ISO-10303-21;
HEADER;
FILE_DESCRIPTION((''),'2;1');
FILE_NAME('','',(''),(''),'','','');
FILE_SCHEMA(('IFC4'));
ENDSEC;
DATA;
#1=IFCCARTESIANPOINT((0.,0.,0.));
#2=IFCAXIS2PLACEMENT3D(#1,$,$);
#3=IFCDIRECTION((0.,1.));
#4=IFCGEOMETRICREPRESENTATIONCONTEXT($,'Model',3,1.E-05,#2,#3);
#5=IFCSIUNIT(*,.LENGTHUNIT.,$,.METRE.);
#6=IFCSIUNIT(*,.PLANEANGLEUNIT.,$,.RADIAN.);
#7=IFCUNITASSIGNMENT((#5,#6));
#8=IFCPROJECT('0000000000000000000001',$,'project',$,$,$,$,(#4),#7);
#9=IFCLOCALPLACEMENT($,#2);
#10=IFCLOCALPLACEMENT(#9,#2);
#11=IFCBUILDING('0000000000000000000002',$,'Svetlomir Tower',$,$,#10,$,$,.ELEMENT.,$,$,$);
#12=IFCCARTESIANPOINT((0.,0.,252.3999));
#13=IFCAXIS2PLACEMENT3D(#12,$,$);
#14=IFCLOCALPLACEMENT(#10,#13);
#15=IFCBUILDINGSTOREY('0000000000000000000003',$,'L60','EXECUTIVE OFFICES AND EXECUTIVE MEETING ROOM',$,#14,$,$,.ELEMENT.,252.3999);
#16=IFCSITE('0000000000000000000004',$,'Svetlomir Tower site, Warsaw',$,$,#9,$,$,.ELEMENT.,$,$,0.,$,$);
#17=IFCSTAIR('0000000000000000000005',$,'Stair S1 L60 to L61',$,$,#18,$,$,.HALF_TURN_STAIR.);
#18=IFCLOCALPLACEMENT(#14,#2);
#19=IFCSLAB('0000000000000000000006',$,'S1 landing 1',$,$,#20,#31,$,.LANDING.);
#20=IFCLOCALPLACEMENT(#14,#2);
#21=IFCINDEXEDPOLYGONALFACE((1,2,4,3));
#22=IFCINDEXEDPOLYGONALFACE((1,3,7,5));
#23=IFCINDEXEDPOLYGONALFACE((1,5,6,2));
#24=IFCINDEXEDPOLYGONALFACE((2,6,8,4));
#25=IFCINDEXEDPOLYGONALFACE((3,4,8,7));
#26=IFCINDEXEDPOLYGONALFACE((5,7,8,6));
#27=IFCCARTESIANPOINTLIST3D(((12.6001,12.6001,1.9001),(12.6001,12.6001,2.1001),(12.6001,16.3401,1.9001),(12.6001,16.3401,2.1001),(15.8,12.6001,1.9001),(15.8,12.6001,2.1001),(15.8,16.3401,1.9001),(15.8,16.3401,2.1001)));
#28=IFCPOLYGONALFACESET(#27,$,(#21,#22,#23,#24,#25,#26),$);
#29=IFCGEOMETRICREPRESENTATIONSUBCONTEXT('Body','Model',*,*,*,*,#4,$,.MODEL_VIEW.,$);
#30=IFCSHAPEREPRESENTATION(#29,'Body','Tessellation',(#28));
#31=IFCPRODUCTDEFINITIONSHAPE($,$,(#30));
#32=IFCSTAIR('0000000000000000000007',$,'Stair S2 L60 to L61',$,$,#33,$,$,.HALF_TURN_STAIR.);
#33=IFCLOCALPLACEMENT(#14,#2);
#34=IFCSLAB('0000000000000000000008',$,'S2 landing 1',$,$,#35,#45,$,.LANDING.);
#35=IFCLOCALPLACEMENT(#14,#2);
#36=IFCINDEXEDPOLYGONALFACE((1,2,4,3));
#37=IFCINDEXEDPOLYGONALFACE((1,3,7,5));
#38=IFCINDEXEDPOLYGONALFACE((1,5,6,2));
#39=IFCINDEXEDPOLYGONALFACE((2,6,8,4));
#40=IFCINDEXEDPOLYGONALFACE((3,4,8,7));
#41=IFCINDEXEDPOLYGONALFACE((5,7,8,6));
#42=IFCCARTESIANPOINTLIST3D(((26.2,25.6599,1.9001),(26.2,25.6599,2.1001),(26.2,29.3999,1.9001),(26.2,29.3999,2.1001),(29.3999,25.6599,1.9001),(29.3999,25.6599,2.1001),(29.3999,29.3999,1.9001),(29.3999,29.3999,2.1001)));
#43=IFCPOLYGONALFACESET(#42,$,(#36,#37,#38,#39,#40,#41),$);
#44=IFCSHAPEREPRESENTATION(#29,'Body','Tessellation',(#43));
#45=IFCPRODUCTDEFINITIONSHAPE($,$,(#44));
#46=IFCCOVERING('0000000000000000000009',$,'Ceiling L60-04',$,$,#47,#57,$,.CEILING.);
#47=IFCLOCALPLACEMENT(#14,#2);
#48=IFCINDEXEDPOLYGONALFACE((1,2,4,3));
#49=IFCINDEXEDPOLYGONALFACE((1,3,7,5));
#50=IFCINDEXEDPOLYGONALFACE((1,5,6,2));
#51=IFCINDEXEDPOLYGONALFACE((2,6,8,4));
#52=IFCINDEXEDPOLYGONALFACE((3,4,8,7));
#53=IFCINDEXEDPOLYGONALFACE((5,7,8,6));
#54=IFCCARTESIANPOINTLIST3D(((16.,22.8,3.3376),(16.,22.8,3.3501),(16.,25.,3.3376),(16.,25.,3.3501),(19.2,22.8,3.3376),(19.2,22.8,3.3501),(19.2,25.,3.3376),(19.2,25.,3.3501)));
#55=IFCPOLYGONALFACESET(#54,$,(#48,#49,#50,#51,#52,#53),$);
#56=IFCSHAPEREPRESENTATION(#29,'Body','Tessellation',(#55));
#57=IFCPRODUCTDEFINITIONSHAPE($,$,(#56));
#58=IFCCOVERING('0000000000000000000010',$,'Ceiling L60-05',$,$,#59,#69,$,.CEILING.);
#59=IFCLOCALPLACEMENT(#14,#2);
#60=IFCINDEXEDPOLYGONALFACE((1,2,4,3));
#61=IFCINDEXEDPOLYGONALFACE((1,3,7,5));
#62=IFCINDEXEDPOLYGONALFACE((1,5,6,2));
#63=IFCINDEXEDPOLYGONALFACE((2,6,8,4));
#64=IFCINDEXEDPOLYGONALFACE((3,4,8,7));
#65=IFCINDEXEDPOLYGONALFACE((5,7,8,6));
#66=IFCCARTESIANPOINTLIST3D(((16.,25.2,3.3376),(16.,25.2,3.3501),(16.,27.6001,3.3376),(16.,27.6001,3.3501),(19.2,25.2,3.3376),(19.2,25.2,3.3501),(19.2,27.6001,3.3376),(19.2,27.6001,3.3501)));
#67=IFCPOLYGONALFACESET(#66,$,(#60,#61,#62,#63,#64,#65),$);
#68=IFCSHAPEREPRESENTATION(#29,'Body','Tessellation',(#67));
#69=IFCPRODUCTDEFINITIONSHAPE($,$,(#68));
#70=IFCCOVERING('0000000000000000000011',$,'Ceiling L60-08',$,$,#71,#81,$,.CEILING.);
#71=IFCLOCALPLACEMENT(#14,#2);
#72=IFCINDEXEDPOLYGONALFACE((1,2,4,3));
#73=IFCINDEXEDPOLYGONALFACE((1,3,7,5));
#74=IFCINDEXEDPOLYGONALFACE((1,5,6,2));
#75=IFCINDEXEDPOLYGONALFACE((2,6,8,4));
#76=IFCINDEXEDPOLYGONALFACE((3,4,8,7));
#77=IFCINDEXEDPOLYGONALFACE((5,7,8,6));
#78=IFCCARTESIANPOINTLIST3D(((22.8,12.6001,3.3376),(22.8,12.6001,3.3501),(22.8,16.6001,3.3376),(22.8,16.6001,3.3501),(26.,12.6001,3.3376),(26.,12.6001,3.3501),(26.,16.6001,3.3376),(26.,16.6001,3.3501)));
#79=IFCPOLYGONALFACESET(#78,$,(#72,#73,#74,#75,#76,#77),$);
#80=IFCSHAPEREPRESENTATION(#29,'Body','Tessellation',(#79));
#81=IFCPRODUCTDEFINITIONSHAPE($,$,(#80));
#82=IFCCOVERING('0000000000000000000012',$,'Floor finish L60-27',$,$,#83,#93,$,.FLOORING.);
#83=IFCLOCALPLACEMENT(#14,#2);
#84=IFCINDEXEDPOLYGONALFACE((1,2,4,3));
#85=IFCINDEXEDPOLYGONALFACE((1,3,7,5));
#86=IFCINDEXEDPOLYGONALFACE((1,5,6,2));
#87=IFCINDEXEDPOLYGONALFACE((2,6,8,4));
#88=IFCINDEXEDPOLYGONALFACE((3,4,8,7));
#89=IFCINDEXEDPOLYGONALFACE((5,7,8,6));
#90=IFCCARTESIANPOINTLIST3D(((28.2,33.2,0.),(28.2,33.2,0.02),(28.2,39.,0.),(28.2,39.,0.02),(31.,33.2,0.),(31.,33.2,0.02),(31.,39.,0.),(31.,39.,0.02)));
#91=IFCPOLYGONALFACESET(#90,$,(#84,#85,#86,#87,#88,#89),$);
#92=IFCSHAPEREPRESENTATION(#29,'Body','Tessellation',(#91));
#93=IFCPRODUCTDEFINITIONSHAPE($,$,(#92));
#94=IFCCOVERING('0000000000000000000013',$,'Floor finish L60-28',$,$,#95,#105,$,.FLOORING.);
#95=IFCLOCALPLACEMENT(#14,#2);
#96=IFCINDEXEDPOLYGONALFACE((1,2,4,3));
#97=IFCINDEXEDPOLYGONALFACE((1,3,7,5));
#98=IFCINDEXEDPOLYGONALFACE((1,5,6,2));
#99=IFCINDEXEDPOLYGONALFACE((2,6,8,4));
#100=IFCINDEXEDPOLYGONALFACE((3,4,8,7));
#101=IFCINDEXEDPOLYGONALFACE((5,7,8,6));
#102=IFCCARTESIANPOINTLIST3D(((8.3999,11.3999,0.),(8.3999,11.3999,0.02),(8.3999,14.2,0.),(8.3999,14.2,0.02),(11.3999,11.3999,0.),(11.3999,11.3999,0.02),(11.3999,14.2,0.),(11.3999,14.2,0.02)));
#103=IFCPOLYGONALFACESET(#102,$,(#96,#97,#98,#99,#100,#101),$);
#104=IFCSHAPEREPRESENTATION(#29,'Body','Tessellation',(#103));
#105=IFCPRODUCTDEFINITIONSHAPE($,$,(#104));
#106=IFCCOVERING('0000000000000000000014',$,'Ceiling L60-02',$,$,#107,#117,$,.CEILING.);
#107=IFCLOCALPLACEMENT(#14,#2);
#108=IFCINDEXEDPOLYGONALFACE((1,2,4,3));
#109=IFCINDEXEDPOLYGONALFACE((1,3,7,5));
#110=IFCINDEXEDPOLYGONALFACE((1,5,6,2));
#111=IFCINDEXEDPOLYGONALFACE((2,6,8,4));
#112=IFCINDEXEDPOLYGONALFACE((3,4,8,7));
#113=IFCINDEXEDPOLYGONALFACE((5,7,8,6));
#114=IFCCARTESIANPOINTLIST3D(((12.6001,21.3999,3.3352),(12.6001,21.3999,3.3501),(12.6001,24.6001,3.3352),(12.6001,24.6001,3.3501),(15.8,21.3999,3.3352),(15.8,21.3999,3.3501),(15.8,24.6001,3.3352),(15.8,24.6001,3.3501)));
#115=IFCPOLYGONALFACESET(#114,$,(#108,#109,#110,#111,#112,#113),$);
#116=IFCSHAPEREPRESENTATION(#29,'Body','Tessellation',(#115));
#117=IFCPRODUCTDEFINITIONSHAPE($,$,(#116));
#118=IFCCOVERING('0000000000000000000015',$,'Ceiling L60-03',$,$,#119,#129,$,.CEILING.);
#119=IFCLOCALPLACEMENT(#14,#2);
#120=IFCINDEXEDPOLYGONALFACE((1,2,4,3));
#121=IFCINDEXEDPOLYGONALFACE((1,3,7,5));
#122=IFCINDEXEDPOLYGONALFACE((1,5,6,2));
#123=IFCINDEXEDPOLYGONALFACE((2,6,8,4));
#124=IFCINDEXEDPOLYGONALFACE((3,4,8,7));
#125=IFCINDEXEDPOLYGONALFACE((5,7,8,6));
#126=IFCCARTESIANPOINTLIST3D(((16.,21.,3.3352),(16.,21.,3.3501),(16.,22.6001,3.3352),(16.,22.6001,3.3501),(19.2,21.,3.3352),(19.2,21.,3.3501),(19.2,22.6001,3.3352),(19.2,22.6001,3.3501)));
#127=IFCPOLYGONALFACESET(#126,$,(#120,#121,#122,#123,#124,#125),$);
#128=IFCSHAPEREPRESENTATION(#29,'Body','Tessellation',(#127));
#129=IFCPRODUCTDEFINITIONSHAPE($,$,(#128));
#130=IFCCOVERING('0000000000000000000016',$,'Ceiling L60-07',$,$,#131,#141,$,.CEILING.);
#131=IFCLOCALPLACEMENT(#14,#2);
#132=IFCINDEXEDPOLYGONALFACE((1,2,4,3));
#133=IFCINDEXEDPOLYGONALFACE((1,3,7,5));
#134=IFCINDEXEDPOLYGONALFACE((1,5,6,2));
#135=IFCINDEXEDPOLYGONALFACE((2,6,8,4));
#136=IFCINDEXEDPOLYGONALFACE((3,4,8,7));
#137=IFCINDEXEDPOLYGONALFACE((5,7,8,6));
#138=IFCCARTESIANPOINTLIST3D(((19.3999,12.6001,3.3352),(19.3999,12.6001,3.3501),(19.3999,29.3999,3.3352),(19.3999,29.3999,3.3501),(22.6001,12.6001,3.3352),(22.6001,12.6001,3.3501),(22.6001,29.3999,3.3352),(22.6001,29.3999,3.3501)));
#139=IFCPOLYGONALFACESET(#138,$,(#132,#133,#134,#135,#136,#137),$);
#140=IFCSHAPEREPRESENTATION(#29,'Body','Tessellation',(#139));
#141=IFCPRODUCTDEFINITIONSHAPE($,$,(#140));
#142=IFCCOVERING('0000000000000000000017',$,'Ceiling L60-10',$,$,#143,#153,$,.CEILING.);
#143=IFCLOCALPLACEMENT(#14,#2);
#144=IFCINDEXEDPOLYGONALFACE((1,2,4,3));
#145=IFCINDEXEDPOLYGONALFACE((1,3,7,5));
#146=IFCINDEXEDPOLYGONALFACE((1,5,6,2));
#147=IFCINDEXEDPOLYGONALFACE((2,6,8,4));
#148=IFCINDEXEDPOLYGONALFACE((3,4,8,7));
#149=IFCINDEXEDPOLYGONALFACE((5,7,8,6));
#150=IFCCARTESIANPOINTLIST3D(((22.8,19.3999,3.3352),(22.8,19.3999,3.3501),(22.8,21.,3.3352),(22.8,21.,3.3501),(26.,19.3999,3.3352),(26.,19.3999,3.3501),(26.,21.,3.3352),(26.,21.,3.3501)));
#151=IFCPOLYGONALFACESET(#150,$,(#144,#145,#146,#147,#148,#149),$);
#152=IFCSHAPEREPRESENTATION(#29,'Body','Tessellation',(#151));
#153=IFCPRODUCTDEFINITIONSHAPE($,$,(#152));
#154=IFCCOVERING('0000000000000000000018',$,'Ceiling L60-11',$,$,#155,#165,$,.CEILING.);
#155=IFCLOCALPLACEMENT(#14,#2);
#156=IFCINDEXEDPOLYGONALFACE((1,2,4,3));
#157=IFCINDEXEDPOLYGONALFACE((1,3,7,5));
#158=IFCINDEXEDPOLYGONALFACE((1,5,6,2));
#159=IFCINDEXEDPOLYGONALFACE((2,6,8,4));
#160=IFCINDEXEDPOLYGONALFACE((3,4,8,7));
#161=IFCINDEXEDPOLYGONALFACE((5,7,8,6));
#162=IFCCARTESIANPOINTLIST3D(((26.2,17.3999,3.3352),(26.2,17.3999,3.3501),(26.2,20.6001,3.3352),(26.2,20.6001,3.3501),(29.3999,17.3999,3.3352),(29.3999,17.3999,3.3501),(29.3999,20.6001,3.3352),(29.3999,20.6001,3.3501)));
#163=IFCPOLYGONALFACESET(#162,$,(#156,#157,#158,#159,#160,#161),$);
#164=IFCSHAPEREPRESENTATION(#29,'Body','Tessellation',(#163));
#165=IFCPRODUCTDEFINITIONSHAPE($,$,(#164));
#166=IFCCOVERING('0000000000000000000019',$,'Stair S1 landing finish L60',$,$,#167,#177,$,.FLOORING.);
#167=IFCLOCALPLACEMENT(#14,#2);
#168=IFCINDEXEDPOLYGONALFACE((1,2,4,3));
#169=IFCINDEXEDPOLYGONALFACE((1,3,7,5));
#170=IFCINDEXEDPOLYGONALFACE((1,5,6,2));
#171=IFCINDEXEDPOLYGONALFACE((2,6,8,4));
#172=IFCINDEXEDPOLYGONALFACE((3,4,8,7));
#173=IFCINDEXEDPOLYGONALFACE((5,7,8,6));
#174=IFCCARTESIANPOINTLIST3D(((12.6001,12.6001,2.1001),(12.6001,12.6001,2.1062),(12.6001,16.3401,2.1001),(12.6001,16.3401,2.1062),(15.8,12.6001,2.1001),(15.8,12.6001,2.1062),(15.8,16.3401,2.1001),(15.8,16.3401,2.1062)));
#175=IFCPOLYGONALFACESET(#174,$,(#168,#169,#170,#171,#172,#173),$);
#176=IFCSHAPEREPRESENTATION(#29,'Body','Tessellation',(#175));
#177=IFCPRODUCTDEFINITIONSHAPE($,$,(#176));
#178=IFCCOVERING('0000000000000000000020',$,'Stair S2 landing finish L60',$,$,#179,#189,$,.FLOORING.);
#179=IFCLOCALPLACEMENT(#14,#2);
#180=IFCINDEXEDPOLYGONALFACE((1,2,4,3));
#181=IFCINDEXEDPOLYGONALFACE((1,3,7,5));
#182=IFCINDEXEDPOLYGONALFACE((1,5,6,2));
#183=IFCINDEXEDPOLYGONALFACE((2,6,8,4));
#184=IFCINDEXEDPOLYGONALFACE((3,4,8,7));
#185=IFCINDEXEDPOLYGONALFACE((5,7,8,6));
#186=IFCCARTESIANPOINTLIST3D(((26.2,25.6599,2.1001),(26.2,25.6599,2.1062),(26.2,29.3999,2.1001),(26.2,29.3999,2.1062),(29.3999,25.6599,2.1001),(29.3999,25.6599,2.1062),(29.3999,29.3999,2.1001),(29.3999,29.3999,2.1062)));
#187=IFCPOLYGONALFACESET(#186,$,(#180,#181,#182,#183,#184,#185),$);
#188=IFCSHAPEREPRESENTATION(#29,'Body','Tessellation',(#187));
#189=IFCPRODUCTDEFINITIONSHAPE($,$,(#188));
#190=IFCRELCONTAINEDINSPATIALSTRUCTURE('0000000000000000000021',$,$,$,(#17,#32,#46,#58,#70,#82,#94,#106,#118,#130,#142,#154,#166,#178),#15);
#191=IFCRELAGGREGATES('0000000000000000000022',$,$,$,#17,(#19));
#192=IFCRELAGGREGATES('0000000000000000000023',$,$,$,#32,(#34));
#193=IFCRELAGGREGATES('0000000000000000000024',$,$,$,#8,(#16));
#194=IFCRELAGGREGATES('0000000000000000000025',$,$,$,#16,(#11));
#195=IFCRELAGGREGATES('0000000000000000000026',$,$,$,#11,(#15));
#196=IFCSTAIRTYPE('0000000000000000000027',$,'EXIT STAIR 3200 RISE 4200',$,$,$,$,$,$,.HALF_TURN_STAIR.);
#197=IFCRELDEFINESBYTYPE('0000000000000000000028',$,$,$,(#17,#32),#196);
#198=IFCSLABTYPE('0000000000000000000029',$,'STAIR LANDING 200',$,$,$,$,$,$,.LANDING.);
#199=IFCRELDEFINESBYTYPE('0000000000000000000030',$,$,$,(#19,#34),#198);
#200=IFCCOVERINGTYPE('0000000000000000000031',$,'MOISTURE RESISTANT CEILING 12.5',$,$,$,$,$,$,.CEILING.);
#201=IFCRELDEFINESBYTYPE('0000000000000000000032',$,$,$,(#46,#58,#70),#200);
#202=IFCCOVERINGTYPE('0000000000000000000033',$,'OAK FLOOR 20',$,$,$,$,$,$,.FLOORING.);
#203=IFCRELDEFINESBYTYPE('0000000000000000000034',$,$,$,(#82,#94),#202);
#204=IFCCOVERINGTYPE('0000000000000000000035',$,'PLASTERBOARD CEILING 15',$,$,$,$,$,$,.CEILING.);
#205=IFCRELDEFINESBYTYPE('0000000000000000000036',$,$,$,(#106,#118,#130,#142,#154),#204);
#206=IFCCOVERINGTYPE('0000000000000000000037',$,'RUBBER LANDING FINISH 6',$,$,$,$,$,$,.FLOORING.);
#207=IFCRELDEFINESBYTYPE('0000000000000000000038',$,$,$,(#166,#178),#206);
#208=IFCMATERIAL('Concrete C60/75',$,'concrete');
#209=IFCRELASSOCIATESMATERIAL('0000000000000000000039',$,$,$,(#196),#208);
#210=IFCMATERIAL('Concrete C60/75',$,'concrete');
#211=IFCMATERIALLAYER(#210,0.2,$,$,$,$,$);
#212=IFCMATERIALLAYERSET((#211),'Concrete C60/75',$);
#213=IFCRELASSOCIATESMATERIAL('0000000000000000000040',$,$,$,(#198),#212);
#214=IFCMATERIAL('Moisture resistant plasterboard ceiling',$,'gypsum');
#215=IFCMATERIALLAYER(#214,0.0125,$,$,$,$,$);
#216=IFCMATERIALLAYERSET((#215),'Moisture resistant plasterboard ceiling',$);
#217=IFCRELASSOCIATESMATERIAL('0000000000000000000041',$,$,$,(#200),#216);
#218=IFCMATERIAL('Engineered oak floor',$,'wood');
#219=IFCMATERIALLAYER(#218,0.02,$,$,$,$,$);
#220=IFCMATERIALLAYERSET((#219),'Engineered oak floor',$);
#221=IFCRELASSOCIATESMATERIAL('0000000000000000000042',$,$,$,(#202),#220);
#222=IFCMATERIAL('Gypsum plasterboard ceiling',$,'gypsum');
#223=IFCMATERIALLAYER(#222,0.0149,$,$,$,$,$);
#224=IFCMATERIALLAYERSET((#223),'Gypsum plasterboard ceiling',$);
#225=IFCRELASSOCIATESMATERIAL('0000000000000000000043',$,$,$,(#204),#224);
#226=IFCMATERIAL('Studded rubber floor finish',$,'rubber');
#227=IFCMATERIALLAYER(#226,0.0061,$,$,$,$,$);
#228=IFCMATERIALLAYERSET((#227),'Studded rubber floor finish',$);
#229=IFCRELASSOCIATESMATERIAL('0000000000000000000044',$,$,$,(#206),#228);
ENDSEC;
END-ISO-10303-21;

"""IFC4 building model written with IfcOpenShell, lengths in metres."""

from ifc_helpers import new_model, si_unit, direction, frame, origin, place, context, subcontext, project, spatial, polyline, outline, extrude, material, layer, layer_set, type_object, element, aggregate, save


model = new_model("IFC4")

# Units and contexts
model_context = context("Model", 3, precision=1e-05, world=origin(), true_north=direction((0.0, 1.0)))
body_context = subcontext(model_context, "Body", "Model", "MODEL_VIEW")
ifc_project = project(units=[si_unit("LENGTHUNIT", "METRE"), si_unit("PLANEANGLEUNIT", "RADIAN")], contexts=[model_context])

# Site, building, storey
site_placement = place(None, origin())
site = spatial("IfcSite", under=ifc_project, at=site_placement, Name="Svetlomir Tower site, Warsaw", CompositionType="ELEMENT", RefElevation=0.0)
building_placement = place(site_placement, origin())
building = spatial("IfcBuilding", under=site, at=building_placement, Name="Svetlomir Tower", CompositionType="ELEMENT")
storey_placement = place(building_placement, frame((0.0, 0.0, 252.3999)))
storey = spatial("IfcBuildingStorey", under=building, at=storey_placement, Name="L60", Description="EXECUTIVE OFFICES AND EXECUTIVE MEETING ROOM", CompositionType="ELEMENT", Elevation=252.3999)

# Stairs, slabs
ifc_material_1 = material(Name="Concrete C60/75", Category="concrete")
stair_type = type_object("IfcStairType", Name="EXIT STAIR 3200 RISE 4200", PredefinedType="HALF_TURN_STAIR", material=ifc_material_1)
stair_1_placement = place(storey_placement, origin())
stair_1 = element("IfcStair", 1, at=stair_1_placement, inside=storey, type_object=stair_type, Name="Stair S1 L60 to L61", PredefinedType="HALF_TURN_STAIR")
ifc_material_2 = material(Name="Concrete C60/75", Category="concrete")
ifc_layer_1 = layer(ifc_material_2, 0.2)
ifc_layer_set_1 = layer_set([ifc_layer_1], Name="Concrete C60/75")
slab_type = type_object("IfcSlabType", Name="STAIR LANDING 200", PredefinedType="LANDING", material=ifc_layer_set_1)
slab_1_placement = place(storey_placement, frame((0.0, 0.0, 1.9001)))
slab_1 = element("IfcSlab", 2, at=slab_1_placement, type_object=slab_type, Name="S1 landing 1", PredefinedType="LANDING", context=body_context, shape_type="SweptSolid", body=[
    extrude(outline(polyline([(12.6001, 12.6001), (15.8, 12.6001), (15.8, 16.3401), (12.6001, 16.3401), (12.6001, 12.6001)])), origin(), (0.0, 0.0, 1.0), 0.2),
])
aggregate(stair_1, [slab_1])
stair_2_placement = place(storey_placement, origin())
stair_2 = element("IfcStair", 3, at=stair_2_placement, inside=storey, type_object=stair_type, Name="Stair S2 L60 to L61", PredefinedType="HALF_TURN_STAIR")
slab_2_placement = place(storey_placement, frame((0.0, 0.0, 1.9001)))
slab_2 = element("IfcSlab", 4, at=slab_2_placement, type_object=slab_type, Name="S2 landing 1", PredefinedType="LANDING", context=body_context, shape_type="SweptSolid", body=[
    extrude(outline(polyline([(26.2, 25.6599), (29.3999, 25.6599), (29.3999, 29.3999), (26.2, 29.3999), (26.2, 25.6599)])), origin(), (0.0, 0.0, 1.0), 0.2),
])
aggregate(stair_2, [slab_2])

# Coverings
ifc_material_3 = material(Name="Moisture resistant plasterboard ceiling", Category="gypsum")
ifc_layer_2 = layer(ifc_material_3, 0.0125)
ifc_layer_set_2 = layer_set([ifc_layer_2], Name="Moisture resistant plasterboard ceiling")
covering_type_1 = type_object("IfcCoveringType", Name="MOISTURE RESISTANT CEILING 12.5", PredefinedType="CEILING", material=ifc_layer_set_2)
covering_1_placement = place(storey_placement, frame((0.0, 0.0, 3.3376)))
element("IfcCovering", 5, at=covering_1_placement, inside=storey, type_object=covering_type_1, Name="Ceiling L60-04", PredefinedType="CEILING", context=body_context, shape_type="SweptSolid", body=[
    extrude(outline(polyline([(16.0, 22.8), (19.2, 22.8), (19.2, 25.0), (16.0, 25.0), (16.0, 22.8)])), origin(), (0.0, 0.0, 1.0), 0.0125),
])
covering_2_placement = place(storey_placement, frame((0.0, 0.0, 3.3376)))
element("IfcCovering", 6, at=covering_2_placement, inside=storey, type_object=covering_type_1, Name="Ceiling L60-05", PredefinedType="CEILING", context=body_context, shape_type="SweptSolid", body=[
    extrude(outline(polyline([(16.0, 25.2), (19.2, 25.2), (19.2, 27.6001), (16.0, 27.6001), (16.0, 25.2)])), origin(), (0.0, 0.0, 1.0), 0.0125),
])
covering_3_placement = place(storey_placement, frame((0.0, 0.0, 3.3376)))
element("IfcCovering", 7, at=covering_3_placement, inside=storey, type_object=covering_type_1, Name="Ceiling L60-08", PredefinedType="CEILING", context=body_context, shape_type="SweptSolid", body=[
    extrude(outline(polyline([(22.8, 12.6001), (26.0, 12.6001), (26.0, 16.6001), (22.8, 16.6001), (22.8, 12.6001)])), origin(), (0.0, 0.0, 1.0), 0.0125),
])
ifc_material_4 = material(Name="Engineered oak floor", Category="wood")
ifc_layer_3 = layer(ifc_material_4, 0.02)
ifc_layer_set_3 = layer_set([ifc_layer_3], Name="Engineered oak floor")
covering_type_2 = type_object("IfcCoveringType", Name="OAK FLOOR 20", PredefinedType="FLOORING", material=ifc_layer_set_3)
covering_4_placement = place(storey_placement, origin())
element("IfcCovering", 8, at=covering_4_placement, inside=storey, type_object=covering_type_2, Name="Floor finish L60-27", PredefinedType="FLOORING", context=body_context, shape_type="SweptSolid", body=[
    extrude(outline(polyline([(28.2, 33.2), (31.0, 33.2), (31.0, 39.0), (28.2, 39.0), (28.2, 33.2)])), origin(), (0.0, 0.0, 1.0), 0.02),
])
covering_5_placement = place(storey_placement, origin())
element("IfcCovering", 9, at=covering_5_placement, inside=storey, type_object=covering_type_2, Name="Floor finish L60-28", PredefinedType="FLOORING", context=body_context, shape_type="SweptSolid", body=[
    extrude(outline(polyline([(8.3999, 11.3999), (11.3999, 11.3999), (11.3999, 14.2), (8.3999, 14.2), (8.3999, 11.3999)])), origin(), (0.0, 0.0, 1.0), 0.02),
])
ifc_material_5 = material(Name="Gypsum plasterboard ceiling", Category="gypsum")
ifc_layer_4 = layer(ifc_material_5, 0.0149)
ifc_layer_set_4 = layer_set([ifc_layer_4], Name="Gypsum plasterboard ceiling")
covering_type_3 = type_object("IfcCoveringType", Name="PLASTERBOARD CEILING 15", PredefinedType="CEILING", material=ifc_layer_set_4)
covering_6_placement = place(storey_placement, frame((0.0, 0.0, 3.3352)))
element("IfcCovering", 10, at=covering_6_placement, inside=storey, type_object=covering_type_3, Name="Ceiling L60-02", PredefinedType="CEILING", context=body_context, shape_type="SweptSolid", body=[
    extrude(outline(polyline([(12.6001, 21.3999), (15.8, 21.3999), (15.8, 24.6001), (12.6001, 24.6001), (12.6001, 21.3999)])), origin(), (0.0, 0.0, 1.0), 0.0149),
])
covering_7_placement = place(storey_placement, frame((0.0, 0.0, 3.3352)))
element("IfcCovering", 11, at=covering_7_placement, inside=storey, type_object=covering_type_3, Name="Ceiling L60-03", PredefinedType="CEILING", context=body_context, shape_type="SweptSolid", body=[
    extrude(outline(polyline([(16.0, 21.0), (19.2, 21.0), (19.2, 22.6001), (16.0, 22.6001), (16.0, 21.0)])), origin(), (0.0, 0.0, 1.0), 0.0149),
])
covering_8_placement = place(storey_placement, frame((0.0, 0.0, 3.3352)))
element("IfcCovering", 12, at=covering_8_placement, inside=storey, type_object=covering_type_3, Name="Ceiling L60-07", PredefinedType="CEILING", context=body_context, shape_type="SweptSolid", body=[
    extrude(outline(polyline([(19.3999, 12.6001), (22.6001, 12.6001), (22.6001, 29.3999), (19.3999, 29.3999), (19.3999, 12.6001)])), origin(), (0.0, 0.0, 1.0), 0.0149),
])
covering_9_placement = place(storey_placement, frame((0.0, 0.0, 3.3352)))
element("IfcCovering", 13, at=covering_9_placement, inside=storey, type_object=covering_type_3, Name="Ceiling L60-10", PredefinedType="CEILING", context=body_context, shape_type="SweptSolid", body=[
    extrude(outline(polyline([(22.8, 19.3999), (26.0, 19.3999), (26.0, 21.0), (22.8, 21.0), (22.8, 19.3999)])), origin(), (0.0, 0.0, 1.0), 0.0149),
])
covering_10_placement = place(storey_placement, frame((0.0, 0.0, 3.3352)))
element("IfcCovering", 14, at=covering_10_placement, inside=storey, type_object=covering_type_3, Name="Ceiling L60-11", PredefinedType="CEILING", context=body_context, shape_type="SweptSolid", body=[
    extrude(outline(polyline([(26.2, 17.3999), (29.3999, 17.3999), (29.3999, 20.6001), (26.2, 20.6001), (26.2, 17.3999)])), origin(), (0.0, 0.0, 1.0), 0.0149),
])
ifc_material_6 = material(Name="Studded rubber floor finish", Category="rubber")
ifc_layer_5 = layer(ifc_material_6, 0.0061)
ifc_layer_set_5 = layer_set([ifc_layer_5], Name="Studded rubber floor finish")
covering_type_4 = type_object("IfcCoveringType", Name="RUBBER LANDING FINISH 6", PredefinedType="FLOORING", material=ifc_layer_set_5)
covering_11_placement = place(storey_placement, frame((0.0, 0.0, 2.1001)))
element("IfcCovering", 15, at=covering_11_placement, inside=storey, type_object=covering_type_4, Name="Stair S1 landing finish L60", PredefinedType="FLOORING", context=body_context, shape_type="SweptSolid", body=[
    extrude(outline(polyline([(12.6001, 12.6001), (15.8, 12.6001), (15.8, 16.3401), (12.6001, 16.3401), (12.6001, 12.6001)])), origin(), (0.0, 0.0, 1.0), 0.0061),
])
covering_12_placement = place(storey_placement, frame((0.0, 0.0, 2.1001)))
element("IfcCovering", 16, at=covering_12_placement, inside=storey, type_object=covering_type_4, Name="Stair S2 landing finish L60", PredefinedType="FLOORING", context=body_context, shape_type="SweptSolid", body=[
    extrude(outline(polyline([(26.2, 25.6599), (29.3999, 25.6599), (29.3999, 29.3999), (26.2, 29.3999), (26.2, 25.6599)])), origin(), (0.0, 0.0, 1.0), 0.0061),
])

save(model, "model.ifc")
